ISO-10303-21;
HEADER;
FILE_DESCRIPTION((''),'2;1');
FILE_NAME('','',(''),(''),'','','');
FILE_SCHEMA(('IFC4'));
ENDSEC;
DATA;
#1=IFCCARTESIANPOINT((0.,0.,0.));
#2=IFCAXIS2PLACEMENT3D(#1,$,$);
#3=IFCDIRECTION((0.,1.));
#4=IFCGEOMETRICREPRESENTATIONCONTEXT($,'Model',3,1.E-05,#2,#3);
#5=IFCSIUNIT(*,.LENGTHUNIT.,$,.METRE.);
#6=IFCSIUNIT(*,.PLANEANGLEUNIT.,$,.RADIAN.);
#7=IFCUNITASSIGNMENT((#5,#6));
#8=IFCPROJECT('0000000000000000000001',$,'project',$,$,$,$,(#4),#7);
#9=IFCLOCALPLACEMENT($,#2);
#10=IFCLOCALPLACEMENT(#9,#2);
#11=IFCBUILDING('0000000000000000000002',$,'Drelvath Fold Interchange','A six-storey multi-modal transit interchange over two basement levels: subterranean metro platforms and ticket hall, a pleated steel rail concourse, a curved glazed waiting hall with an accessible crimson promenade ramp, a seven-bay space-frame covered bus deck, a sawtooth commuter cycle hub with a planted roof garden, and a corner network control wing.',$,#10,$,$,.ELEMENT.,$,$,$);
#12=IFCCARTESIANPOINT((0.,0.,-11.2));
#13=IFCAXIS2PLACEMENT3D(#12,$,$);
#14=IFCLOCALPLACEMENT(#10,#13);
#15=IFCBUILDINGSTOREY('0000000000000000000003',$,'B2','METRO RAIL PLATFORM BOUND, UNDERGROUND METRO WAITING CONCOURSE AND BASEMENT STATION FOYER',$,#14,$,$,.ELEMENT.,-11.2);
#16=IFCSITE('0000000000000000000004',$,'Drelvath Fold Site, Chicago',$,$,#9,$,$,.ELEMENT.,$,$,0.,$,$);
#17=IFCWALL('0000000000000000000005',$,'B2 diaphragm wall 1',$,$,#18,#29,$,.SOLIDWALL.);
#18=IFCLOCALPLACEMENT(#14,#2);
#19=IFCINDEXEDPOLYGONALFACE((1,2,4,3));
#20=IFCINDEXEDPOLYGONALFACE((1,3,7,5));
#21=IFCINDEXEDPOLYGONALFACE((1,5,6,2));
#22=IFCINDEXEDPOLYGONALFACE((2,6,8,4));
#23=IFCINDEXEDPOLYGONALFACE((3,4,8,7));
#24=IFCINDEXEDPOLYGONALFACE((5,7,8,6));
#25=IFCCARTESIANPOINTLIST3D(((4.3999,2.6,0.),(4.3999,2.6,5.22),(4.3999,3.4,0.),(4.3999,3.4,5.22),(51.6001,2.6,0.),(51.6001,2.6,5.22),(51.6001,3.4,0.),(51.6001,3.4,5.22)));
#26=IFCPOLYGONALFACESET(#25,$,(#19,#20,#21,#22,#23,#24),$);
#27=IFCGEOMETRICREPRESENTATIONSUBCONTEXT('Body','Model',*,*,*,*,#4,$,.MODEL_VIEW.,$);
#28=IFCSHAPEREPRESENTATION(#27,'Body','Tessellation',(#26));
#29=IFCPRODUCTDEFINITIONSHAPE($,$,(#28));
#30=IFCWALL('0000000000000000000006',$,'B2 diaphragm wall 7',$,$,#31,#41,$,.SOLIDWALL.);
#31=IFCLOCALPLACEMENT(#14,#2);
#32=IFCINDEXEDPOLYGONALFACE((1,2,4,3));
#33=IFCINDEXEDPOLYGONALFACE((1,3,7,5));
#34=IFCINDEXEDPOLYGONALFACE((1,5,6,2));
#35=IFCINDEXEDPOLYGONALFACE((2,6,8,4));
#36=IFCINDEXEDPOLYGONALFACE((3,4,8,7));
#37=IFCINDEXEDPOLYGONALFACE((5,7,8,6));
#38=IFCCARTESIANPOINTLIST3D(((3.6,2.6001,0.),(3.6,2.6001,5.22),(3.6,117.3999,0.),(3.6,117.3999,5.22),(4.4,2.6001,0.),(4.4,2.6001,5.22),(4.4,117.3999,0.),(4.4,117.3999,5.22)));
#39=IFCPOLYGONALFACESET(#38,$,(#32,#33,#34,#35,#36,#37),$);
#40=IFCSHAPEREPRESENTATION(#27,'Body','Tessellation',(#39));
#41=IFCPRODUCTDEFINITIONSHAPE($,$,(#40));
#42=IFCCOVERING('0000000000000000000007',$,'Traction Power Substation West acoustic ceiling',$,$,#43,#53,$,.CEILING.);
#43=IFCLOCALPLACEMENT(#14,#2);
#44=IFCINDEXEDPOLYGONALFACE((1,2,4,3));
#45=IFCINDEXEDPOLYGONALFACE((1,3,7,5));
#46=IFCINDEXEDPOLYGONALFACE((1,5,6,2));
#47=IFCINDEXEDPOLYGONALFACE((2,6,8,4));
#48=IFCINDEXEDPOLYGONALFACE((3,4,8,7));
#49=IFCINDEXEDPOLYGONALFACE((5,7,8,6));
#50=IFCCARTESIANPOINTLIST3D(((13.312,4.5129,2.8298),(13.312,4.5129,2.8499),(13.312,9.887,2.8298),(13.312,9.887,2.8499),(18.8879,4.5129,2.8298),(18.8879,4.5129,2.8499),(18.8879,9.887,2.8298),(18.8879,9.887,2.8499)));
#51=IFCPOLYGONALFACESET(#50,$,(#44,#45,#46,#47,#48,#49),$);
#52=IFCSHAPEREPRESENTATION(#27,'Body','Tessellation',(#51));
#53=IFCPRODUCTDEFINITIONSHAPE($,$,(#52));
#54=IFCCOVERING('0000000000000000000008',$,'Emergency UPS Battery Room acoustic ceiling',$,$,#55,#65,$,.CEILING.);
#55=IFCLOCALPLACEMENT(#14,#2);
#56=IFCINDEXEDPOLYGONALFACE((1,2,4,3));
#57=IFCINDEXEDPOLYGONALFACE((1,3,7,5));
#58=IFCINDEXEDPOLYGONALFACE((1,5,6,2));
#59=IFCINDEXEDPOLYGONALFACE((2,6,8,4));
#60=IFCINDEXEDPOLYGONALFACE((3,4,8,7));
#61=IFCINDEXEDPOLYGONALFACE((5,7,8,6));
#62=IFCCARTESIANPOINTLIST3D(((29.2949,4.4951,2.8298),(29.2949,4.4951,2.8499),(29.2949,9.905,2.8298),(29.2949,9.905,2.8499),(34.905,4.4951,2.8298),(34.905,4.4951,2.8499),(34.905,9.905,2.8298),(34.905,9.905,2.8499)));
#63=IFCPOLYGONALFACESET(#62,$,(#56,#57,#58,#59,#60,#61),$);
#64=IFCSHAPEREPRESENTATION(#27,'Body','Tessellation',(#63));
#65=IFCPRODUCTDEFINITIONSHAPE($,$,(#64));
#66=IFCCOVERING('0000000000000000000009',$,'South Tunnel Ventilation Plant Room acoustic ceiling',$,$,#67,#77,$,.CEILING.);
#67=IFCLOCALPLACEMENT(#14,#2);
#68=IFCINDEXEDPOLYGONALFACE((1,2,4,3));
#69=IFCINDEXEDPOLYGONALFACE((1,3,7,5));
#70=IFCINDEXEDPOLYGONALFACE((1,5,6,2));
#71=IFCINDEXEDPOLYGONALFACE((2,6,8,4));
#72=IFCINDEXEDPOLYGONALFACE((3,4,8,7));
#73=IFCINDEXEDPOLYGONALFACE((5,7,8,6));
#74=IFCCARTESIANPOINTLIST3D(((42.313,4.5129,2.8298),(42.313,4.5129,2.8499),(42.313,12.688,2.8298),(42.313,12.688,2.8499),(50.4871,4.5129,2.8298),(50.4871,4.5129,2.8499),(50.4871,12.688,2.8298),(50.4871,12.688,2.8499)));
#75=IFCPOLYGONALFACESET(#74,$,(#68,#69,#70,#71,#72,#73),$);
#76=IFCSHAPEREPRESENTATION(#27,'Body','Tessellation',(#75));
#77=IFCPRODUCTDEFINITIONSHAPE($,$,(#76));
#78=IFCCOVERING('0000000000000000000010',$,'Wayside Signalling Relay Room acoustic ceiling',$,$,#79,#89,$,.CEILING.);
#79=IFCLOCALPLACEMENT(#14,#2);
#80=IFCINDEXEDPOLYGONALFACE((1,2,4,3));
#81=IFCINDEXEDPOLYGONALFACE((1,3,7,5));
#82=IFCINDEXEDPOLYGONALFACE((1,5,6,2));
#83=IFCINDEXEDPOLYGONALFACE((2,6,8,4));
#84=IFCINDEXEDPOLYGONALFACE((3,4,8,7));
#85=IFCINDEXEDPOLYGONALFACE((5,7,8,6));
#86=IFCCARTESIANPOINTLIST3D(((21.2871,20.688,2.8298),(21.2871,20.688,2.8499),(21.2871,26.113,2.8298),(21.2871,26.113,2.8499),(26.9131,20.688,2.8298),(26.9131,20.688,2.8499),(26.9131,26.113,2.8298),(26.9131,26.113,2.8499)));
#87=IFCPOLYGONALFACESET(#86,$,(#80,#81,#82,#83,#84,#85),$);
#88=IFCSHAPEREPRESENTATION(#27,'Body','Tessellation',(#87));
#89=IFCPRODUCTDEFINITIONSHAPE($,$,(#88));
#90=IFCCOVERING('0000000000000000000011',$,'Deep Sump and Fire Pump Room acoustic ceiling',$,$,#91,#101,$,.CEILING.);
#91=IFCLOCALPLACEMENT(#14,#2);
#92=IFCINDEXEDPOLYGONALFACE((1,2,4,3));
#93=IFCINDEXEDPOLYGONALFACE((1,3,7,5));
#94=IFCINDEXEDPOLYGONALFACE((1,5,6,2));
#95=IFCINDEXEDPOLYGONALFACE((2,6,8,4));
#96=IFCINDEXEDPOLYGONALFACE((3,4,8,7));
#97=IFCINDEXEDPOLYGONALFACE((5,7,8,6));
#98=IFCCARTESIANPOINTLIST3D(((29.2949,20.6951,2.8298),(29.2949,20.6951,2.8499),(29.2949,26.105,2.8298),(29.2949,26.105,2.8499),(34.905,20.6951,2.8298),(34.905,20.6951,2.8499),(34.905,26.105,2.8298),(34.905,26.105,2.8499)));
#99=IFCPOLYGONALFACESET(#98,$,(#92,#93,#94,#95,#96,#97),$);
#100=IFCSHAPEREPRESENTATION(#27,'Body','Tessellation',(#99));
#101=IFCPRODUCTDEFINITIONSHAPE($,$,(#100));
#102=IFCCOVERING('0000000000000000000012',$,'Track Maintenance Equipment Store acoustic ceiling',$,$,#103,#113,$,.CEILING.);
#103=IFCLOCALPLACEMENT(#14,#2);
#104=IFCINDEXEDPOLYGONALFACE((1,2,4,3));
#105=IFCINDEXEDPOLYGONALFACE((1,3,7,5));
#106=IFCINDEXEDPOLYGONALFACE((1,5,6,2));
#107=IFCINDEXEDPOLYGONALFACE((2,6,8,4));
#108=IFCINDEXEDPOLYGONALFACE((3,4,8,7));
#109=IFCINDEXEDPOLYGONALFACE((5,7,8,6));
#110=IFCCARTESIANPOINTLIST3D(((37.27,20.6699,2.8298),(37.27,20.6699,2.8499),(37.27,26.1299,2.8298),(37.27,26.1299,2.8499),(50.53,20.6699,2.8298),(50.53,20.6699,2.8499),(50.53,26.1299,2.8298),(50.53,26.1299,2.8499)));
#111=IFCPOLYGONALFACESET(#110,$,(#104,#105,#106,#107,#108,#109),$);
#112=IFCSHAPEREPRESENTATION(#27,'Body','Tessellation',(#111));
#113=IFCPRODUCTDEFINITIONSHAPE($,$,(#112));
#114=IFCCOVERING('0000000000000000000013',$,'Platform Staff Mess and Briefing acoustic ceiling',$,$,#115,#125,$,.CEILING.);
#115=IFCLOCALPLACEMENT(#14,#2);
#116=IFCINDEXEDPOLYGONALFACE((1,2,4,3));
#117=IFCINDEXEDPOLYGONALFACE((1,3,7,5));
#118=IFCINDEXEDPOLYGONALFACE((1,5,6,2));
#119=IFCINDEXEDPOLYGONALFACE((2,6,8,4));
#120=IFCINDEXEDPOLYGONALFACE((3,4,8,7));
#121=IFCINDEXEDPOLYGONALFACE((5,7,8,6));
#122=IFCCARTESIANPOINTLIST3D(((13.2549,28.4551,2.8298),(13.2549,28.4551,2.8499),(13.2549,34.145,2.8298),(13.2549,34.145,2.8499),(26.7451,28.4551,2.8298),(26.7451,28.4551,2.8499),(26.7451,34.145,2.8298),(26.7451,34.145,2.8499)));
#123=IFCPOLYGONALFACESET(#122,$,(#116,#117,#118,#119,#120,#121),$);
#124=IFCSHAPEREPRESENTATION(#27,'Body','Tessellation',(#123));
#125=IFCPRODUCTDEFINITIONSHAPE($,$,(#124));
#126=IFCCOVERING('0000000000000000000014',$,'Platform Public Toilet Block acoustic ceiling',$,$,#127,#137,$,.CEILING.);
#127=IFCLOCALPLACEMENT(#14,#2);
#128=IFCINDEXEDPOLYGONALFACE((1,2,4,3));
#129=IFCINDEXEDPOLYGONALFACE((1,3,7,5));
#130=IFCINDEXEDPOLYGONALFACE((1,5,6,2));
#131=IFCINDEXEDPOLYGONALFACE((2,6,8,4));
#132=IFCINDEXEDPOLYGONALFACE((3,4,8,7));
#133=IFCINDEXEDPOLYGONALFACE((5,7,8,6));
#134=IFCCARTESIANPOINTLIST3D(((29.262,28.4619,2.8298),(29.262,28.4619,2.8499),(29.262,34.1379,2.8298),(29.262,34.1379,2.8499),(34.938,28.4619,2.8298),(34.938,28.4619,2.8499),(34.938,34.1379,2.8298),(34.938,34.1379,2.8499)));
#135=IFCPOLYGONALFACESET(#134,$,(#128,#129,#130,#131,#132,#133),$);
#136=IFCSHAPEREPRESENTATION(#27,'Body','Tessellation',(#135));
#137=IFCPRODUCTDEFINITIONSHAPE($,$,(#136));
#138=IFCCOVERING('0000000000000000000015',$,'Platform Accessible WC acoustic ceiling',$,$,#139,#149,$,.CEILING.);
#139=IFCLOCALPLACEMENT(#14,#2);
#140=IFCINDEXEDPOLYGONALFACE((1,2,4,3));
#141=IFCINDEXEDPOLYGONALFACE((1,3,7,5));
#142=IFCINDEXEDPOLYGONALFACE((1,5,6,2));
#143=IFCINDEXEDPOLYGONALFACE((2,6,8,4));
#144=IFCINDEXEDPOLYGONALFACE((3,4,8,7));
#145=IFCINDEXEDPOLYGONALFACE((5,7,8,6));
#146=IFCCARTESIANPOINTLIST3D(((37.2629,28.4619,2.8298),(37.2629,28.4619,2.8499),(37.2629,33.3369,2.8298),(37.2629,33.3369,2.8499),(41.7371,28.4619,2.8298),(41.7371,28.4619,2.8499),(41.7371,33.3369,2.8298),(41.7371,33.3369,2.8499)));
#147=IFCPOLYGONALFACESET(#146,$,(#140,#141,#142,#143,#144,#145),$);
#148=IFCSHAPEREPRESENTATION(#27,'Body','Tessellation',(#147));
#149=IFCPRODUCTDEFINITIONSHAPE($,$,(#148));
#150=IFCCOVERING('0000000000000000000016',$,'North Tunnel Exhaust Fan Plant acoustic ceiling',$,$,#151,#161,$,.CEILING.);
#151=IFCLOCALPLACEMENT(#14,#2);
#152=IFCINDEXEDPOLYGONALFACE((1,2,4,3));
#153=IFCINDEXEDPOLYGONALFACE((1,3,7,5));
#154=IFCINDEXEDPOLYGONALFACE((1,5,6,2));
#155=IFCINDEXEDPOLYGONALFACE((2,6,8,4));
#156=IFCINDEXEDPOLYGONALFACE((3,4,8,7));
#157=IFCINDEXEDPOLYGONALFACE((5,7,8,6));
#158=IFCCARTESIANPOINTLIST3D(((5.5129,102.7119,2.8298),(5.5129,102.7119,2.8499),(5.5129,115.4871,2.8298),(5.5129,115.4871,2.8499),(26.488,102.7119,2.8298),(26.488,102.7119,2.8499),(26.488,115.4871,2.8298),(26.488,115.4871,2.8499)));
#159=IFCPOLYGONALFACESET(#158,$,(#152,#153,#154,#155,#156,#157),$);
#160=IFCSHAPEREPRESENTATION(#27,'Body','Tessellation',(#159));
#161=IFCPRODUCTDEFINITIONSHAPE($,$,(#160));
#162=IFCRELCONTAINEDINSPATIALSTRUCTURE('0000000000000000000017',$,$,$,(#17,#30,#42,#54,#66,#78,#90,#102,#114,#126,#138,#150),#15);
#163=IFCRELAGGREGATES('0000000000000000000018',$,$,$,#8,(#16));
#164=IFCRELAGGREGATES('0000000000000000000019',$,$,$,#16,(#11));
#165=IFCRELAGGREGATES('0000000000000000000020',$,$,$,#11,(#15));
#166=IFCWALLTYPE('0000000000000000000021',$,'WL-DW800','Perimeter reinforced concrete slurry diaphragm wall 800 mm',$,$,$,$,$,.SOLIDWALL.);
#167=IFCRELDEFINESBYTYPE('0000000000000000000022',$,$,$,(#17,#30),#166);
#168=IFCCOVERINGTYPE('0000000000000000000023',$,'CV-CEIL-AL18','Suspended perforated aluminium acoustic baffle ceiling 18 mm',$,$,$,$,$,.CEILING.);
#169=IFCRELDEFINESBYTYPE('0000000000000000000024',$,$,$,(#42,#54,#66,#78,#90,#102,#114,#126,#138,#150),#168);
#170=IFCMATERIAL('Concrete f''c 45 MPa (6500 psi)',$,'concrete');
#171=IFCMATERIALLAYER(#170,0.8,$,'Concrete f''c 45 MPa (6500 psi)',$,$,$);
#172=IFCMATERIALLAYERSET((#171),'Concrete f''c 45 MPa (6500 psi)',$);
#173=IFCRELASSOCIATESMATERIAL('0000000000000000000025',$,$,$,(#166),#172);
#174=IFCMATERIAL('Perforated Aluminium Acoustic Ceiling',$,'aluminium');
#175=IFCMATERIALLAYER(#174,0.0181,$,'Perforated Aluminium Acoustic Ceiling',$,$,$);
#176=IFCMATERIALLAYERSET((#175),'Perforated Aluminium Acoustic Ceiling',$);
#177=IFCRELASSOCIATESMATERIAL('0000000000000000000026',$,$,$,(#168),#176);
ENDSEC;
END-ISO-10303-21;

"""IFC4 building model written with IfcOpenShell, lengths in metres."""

from ifc_helpers import new_model, si_unit, direction, frame, frame_2d, origin, place, context, subcontext, project, spatial, polyline, rectangle, outline, extrude, material, layer, layer_set, type_object, element, save


model = new_model("IFC4")

# Units and contexts
model_context = context("Model", 3, precision=1e-05, world=origin(), true_north=direction((0.0, 1.0)))
body_context = subcontext(model_context, "Body", "Model", "MODEL_VIEW")
ifc_project = project(units=[si_unit("LENGTHUNIT", "METRE"), si_unit("PLANEANGLEUNIT", "RADIAN")], contexts=[model_context])

# Site, building, storey
site_placement = place(None, origin())
site = spatial("IfcSite", under=ifc_project, at=site_placement, Name="Drelvath Fold Site, Chicago", CompositionType="ELEMENT", RefElevation=0.0)
building_placement = place(site_placement, origin())
building = spatial("IfcBuilding", under=site, at=building_placement, Name="Drelvath Fold Interchange", Description="A six-storey multi-modal transit interchange over two basement levels: subterranean metro platforms and ticket hall, a pleated steel rail concourse, a curved glazed waiting hall with an accessible crimson promenade ramp, a seven-bay space-frame covered bus deck, a sawtooth commuter cycle hub with a planted roof garden, and a corner network control wing.", CompositionType="ELEMENT")
storey_placement = place(building_placement, frame((0.0, 0.0, -11.2)))
storey = spatial("IfcBuildingStorey", under=building, at=storey_placement, Name="B2", Description="METRO RAIL PLATFORM BOUND, UNDERGROUND METRO WAITING CONCOURSE AND BASEMENT STATION FOYER", CompositionType="ELEMENT", Elevation=-11.2)

# Shared definitions
ifc_material_1 = material(Name="Concrete f'c 45 MPa (6500 psi)", Category="concrete")

# Walls
ifc_layer_1 = layer(ifc_material_1, 0.8, Name="Concrete f'c 45 MPa (6500 psi)")
ifc_layer_set_1 = layer_set([ifc_layer_1], Name="Concrete f'c 45 MPa (6500 psi)")
wall_type = type_object("IfcWallType", Name="WL-DW800", Description="Perimeter reinforced concrete slurry diaphragm wall 800 mm", PredefinedType="SOLIDWALL", material=ifc_layer_set_1)
wall_1_placement = place(storey_placement, frame((4.3999, 3.0, 0.0), z_axis=(0.0, 0.0, 1.0), x_axis=(1.0, 0.0, 0.0)))
element("IfcWall", 1, at=wall_1_placement, inside=storey, type_object=wall_type, Name="B2 diaphragm wall 1", PredefinedType="SOLIDWALL", context=body_context, shape_type="SweptSolid", body=[
    extrude(rectangle(XDim=47.2002, YDim=0.8, at=frame_2d((23.6001, 0.0))), origin(), (0.0, 0.0, 1.0), 5.22),
])
wall_2_placement = place(storey_placement, frame((4.0, 2.6001, 0.0), z_axis=(0.0, 0.0, 1.0), x_axis=(0.0, 1.0, 0.0)))
element("IfcWall", 2, at=wall_2_placement, inside=storey, type_object=wall_type, Name="B2 diaphragm wall 7", PredefinedType="SOLIDWALL", context=body_context, shape_type="SweptSolid", body=[
    extrude(rectangle(XDim=114.7998, YDim=0.8, at=frame_2d((57.3999, 0.0))), origin(), (0.0, 0.0, 1.0), 5.22),
])

# Coverings
ifc_material_2 = material(Name="Perforated Aluminium Acoustic Ceiling", Category="aluminium")
ifc_layer_2 = layer(ifc_material_2, 0.0181, Name="Perforated Aluminium Acoustic Ceiling")
ifc_layer_set_2 = layer_set([ifc_layer_2], Name="Perforated Aluminium Acoustic Ceiling")
covering_type = type_object("IfcCoveringType", Name="CV-CEIL-AL18", Description="Suspended perforated aluminium acoustic baffle ceiling 18 mm", PredefinedType="CEILING", material=ifc_layer_set_2)
covering_1_placement = place(storey_placement, frame((0.0, 0.0, 2.8298)))
element("IfcCovering", 3, at=covering_1_placement, inside=storey, type_object=covering_type, Name="Traction Power Substation West acoustic ceiling", PredefinedType="CEILING", context=body_context, shape_type="SweptSolid", body=[
    extrude(outline(polyline([(13.312, 4.5129), (18.8879, 4.5129), (18.8879, 9.887), (13.312, 9.887), (13.312, 4.5129)])), origin(), (0.0, 0.0, 1.0), 0.02),
])
covering_2_placement = place(storey_placement, frame((0.0, 0.0, 2.8298)))
element("IfcCovering", 4, at=covering_2_placement, inside=storey, type_object=covering_type, Name="Emergency UPS Battery Room acoustic ceiling", PredefinedType="CEILING", context=body_context, shape_type="SweptSolid", body=[
    extrude(outline(polyline([(29.2949, 4.4951), (34.905, 4.4951), (34.905, 9.905), (29.2949, 9.905), (29.2949, 4.4951)])), origin(), (0.0, 0.0, 1.0), 0.02),
])
covering_3_placement = place(storey_placement, frame((0.0, 0.0, 2.8298)))
element("IfcCovering", 5, at=covering_3_placement, inside=storey, type_object=covering_type, Name="South Tunnel Ventilation Plant Room acoustic ceiling", PredefinedType="CEILING", context=body_context, shape_type="SweptSolid", body=[
    extrude(outline(polyline([(42.313, 4.5129), (50.4871, 4.5129), (50.4871, 12.688), (42.313, 12.688), (42.313, 4.5129)])), origin(), (0.0, 0.0, 1.0), 0.02),
])
covering_4_placement = place(storey_placement, frame((0.0, 0.0, 2.8298)))
element("IfcCovering", 6, at=covering_4_placement, inside=storey, type_object=covering_type, Name="Wayside Signalling Relay Room acoustic ceiling", PredefinedType="CEILING", context=body_context, shape_type="SweptSolid", body=[
    extrude(outline(polyline([(21.2871, 20.688), (26.9131, 20.688), (26.9131, 26.113), (21.2871, 26.113), (21.2871, 20.688)])), origin(), (0.0, 0.0, 1.0), 0.02),
])
covering_5_placement = place(storey_placement, frame((0.0, 0.0, 2.8298)))
element("IfcCovering", 7, at=covering_5_placement, inside=storey, type_object=covering_type, Name="Deep Sump and Fire Pump Room acoustic ceiling", PredefinedType="CEILING", context=body_context, shape_type="SweptSolid", body=[
    extrude(outline(polyline([(29.2949, 20.6951), (34.905, 20.6951), (34.905, 26.105), (29.2949, 26.105), (29.2949, 20.6951)])), origin(), (0.0, 0.0, 1.0), 0.02),
])
covering_6_placement = place(storey_placement, frame((0.0, 0.0, 2.8298)))
element("IfcCovering", 8, at=covering_6_placement, inside=storey, type_object=covering_type, Name="Track Maintenance Equipment Store acoustic ceiling", PredefinedType="CEILING", context=body_context, shape_type="SweptSolid", body=[
    extrude(outline(polyline([(37.27, 20.6699), (50.53, 20.6699), (50.53, 26.1299), (37.27, 26.1299), (37.27, 20.6699)])), origin(), (0.0, 0.0, 1.0), 0.02),
])
covering_7_placement = place(storey_placement, frame((0.0, 0.0, 2.8298)))
element("IfcCovering", 9, at=covering_7_placement, inside=storey, type_object=covering_type, Name="Platform Staff Mess and Briefing acoustic ceiling", PredefinedType="CEILING", context=body_context, shape_type="SweptSolid", body=[
    extrude(outline(polyline([(13.2549, 28.4551), (26.7451, 28.4551), (26.7451, 34.145), (13.2549, 34.145), (13.2549, 28.4551)])), origin(), (0.0, 0.0, 1.0), 0.02),
])
covering_8_placement = place(storey_placement, frame((0.0, 0.0, 2.8298)))
element("IfcCovering", 10, at=covering_8_placement, inside=storey, type_object=covering_type, Name="Platform Public Toilet Block acoustic ceiling", PredefinedType="CEILING", context=body_context, shape_type="SweptSolid", body=[
    extrude(outline(polyline([(29.262, 28.4619), (34.938, 28.4619), (34.938, 34.1379), (29.262, 34.1379), (29.262, 28.4619)])), origin(), (0.0, 0.0, 1.0), 0.02),
])
covering_9_placement = place(storey_placement, frame((0.0, 0.0, 2.8298)))
element("IfcCovering", 11, at=covering_9_placement, inside=storey, type_object=covering_type, Name="Platform Accessible WC acoustic ceiling", PredefinedType="CEILING", context=body_context, shape_type="SweptSolid", body=[
    extrude(outline(polyline([(37.2629, 28.4619), (41.7371, 28.4619), (41.7371, 33.3369), (37.2629, 33.3369), (37.2629, 28.4619)])), origin(), (0.0, 0.0, 1.0), 0.02),
])
covering_10_placement = place(storey_placement, frame((0.0, 0.0, 2.8298)))
element("IfcCovering", 12, at=covering_10_placement, inside=storey, type_object=covering_type, Name="North Tunnel Exhaust Fan Plant acoustic ceiling", PredefinedType="CEILING", context=body_context, shape_type="SweptSolid", body=[
    extrude(outline(polyline([(5.5129, 102.7119), (26.488, 102.7119), (26.488, 115.4871), (5.5129, 115.4871), (5.5129, 102.7119)])), origin(), (0.0, 0.0, 1.0), 0.02),
])

save(model, "model.ifc")
